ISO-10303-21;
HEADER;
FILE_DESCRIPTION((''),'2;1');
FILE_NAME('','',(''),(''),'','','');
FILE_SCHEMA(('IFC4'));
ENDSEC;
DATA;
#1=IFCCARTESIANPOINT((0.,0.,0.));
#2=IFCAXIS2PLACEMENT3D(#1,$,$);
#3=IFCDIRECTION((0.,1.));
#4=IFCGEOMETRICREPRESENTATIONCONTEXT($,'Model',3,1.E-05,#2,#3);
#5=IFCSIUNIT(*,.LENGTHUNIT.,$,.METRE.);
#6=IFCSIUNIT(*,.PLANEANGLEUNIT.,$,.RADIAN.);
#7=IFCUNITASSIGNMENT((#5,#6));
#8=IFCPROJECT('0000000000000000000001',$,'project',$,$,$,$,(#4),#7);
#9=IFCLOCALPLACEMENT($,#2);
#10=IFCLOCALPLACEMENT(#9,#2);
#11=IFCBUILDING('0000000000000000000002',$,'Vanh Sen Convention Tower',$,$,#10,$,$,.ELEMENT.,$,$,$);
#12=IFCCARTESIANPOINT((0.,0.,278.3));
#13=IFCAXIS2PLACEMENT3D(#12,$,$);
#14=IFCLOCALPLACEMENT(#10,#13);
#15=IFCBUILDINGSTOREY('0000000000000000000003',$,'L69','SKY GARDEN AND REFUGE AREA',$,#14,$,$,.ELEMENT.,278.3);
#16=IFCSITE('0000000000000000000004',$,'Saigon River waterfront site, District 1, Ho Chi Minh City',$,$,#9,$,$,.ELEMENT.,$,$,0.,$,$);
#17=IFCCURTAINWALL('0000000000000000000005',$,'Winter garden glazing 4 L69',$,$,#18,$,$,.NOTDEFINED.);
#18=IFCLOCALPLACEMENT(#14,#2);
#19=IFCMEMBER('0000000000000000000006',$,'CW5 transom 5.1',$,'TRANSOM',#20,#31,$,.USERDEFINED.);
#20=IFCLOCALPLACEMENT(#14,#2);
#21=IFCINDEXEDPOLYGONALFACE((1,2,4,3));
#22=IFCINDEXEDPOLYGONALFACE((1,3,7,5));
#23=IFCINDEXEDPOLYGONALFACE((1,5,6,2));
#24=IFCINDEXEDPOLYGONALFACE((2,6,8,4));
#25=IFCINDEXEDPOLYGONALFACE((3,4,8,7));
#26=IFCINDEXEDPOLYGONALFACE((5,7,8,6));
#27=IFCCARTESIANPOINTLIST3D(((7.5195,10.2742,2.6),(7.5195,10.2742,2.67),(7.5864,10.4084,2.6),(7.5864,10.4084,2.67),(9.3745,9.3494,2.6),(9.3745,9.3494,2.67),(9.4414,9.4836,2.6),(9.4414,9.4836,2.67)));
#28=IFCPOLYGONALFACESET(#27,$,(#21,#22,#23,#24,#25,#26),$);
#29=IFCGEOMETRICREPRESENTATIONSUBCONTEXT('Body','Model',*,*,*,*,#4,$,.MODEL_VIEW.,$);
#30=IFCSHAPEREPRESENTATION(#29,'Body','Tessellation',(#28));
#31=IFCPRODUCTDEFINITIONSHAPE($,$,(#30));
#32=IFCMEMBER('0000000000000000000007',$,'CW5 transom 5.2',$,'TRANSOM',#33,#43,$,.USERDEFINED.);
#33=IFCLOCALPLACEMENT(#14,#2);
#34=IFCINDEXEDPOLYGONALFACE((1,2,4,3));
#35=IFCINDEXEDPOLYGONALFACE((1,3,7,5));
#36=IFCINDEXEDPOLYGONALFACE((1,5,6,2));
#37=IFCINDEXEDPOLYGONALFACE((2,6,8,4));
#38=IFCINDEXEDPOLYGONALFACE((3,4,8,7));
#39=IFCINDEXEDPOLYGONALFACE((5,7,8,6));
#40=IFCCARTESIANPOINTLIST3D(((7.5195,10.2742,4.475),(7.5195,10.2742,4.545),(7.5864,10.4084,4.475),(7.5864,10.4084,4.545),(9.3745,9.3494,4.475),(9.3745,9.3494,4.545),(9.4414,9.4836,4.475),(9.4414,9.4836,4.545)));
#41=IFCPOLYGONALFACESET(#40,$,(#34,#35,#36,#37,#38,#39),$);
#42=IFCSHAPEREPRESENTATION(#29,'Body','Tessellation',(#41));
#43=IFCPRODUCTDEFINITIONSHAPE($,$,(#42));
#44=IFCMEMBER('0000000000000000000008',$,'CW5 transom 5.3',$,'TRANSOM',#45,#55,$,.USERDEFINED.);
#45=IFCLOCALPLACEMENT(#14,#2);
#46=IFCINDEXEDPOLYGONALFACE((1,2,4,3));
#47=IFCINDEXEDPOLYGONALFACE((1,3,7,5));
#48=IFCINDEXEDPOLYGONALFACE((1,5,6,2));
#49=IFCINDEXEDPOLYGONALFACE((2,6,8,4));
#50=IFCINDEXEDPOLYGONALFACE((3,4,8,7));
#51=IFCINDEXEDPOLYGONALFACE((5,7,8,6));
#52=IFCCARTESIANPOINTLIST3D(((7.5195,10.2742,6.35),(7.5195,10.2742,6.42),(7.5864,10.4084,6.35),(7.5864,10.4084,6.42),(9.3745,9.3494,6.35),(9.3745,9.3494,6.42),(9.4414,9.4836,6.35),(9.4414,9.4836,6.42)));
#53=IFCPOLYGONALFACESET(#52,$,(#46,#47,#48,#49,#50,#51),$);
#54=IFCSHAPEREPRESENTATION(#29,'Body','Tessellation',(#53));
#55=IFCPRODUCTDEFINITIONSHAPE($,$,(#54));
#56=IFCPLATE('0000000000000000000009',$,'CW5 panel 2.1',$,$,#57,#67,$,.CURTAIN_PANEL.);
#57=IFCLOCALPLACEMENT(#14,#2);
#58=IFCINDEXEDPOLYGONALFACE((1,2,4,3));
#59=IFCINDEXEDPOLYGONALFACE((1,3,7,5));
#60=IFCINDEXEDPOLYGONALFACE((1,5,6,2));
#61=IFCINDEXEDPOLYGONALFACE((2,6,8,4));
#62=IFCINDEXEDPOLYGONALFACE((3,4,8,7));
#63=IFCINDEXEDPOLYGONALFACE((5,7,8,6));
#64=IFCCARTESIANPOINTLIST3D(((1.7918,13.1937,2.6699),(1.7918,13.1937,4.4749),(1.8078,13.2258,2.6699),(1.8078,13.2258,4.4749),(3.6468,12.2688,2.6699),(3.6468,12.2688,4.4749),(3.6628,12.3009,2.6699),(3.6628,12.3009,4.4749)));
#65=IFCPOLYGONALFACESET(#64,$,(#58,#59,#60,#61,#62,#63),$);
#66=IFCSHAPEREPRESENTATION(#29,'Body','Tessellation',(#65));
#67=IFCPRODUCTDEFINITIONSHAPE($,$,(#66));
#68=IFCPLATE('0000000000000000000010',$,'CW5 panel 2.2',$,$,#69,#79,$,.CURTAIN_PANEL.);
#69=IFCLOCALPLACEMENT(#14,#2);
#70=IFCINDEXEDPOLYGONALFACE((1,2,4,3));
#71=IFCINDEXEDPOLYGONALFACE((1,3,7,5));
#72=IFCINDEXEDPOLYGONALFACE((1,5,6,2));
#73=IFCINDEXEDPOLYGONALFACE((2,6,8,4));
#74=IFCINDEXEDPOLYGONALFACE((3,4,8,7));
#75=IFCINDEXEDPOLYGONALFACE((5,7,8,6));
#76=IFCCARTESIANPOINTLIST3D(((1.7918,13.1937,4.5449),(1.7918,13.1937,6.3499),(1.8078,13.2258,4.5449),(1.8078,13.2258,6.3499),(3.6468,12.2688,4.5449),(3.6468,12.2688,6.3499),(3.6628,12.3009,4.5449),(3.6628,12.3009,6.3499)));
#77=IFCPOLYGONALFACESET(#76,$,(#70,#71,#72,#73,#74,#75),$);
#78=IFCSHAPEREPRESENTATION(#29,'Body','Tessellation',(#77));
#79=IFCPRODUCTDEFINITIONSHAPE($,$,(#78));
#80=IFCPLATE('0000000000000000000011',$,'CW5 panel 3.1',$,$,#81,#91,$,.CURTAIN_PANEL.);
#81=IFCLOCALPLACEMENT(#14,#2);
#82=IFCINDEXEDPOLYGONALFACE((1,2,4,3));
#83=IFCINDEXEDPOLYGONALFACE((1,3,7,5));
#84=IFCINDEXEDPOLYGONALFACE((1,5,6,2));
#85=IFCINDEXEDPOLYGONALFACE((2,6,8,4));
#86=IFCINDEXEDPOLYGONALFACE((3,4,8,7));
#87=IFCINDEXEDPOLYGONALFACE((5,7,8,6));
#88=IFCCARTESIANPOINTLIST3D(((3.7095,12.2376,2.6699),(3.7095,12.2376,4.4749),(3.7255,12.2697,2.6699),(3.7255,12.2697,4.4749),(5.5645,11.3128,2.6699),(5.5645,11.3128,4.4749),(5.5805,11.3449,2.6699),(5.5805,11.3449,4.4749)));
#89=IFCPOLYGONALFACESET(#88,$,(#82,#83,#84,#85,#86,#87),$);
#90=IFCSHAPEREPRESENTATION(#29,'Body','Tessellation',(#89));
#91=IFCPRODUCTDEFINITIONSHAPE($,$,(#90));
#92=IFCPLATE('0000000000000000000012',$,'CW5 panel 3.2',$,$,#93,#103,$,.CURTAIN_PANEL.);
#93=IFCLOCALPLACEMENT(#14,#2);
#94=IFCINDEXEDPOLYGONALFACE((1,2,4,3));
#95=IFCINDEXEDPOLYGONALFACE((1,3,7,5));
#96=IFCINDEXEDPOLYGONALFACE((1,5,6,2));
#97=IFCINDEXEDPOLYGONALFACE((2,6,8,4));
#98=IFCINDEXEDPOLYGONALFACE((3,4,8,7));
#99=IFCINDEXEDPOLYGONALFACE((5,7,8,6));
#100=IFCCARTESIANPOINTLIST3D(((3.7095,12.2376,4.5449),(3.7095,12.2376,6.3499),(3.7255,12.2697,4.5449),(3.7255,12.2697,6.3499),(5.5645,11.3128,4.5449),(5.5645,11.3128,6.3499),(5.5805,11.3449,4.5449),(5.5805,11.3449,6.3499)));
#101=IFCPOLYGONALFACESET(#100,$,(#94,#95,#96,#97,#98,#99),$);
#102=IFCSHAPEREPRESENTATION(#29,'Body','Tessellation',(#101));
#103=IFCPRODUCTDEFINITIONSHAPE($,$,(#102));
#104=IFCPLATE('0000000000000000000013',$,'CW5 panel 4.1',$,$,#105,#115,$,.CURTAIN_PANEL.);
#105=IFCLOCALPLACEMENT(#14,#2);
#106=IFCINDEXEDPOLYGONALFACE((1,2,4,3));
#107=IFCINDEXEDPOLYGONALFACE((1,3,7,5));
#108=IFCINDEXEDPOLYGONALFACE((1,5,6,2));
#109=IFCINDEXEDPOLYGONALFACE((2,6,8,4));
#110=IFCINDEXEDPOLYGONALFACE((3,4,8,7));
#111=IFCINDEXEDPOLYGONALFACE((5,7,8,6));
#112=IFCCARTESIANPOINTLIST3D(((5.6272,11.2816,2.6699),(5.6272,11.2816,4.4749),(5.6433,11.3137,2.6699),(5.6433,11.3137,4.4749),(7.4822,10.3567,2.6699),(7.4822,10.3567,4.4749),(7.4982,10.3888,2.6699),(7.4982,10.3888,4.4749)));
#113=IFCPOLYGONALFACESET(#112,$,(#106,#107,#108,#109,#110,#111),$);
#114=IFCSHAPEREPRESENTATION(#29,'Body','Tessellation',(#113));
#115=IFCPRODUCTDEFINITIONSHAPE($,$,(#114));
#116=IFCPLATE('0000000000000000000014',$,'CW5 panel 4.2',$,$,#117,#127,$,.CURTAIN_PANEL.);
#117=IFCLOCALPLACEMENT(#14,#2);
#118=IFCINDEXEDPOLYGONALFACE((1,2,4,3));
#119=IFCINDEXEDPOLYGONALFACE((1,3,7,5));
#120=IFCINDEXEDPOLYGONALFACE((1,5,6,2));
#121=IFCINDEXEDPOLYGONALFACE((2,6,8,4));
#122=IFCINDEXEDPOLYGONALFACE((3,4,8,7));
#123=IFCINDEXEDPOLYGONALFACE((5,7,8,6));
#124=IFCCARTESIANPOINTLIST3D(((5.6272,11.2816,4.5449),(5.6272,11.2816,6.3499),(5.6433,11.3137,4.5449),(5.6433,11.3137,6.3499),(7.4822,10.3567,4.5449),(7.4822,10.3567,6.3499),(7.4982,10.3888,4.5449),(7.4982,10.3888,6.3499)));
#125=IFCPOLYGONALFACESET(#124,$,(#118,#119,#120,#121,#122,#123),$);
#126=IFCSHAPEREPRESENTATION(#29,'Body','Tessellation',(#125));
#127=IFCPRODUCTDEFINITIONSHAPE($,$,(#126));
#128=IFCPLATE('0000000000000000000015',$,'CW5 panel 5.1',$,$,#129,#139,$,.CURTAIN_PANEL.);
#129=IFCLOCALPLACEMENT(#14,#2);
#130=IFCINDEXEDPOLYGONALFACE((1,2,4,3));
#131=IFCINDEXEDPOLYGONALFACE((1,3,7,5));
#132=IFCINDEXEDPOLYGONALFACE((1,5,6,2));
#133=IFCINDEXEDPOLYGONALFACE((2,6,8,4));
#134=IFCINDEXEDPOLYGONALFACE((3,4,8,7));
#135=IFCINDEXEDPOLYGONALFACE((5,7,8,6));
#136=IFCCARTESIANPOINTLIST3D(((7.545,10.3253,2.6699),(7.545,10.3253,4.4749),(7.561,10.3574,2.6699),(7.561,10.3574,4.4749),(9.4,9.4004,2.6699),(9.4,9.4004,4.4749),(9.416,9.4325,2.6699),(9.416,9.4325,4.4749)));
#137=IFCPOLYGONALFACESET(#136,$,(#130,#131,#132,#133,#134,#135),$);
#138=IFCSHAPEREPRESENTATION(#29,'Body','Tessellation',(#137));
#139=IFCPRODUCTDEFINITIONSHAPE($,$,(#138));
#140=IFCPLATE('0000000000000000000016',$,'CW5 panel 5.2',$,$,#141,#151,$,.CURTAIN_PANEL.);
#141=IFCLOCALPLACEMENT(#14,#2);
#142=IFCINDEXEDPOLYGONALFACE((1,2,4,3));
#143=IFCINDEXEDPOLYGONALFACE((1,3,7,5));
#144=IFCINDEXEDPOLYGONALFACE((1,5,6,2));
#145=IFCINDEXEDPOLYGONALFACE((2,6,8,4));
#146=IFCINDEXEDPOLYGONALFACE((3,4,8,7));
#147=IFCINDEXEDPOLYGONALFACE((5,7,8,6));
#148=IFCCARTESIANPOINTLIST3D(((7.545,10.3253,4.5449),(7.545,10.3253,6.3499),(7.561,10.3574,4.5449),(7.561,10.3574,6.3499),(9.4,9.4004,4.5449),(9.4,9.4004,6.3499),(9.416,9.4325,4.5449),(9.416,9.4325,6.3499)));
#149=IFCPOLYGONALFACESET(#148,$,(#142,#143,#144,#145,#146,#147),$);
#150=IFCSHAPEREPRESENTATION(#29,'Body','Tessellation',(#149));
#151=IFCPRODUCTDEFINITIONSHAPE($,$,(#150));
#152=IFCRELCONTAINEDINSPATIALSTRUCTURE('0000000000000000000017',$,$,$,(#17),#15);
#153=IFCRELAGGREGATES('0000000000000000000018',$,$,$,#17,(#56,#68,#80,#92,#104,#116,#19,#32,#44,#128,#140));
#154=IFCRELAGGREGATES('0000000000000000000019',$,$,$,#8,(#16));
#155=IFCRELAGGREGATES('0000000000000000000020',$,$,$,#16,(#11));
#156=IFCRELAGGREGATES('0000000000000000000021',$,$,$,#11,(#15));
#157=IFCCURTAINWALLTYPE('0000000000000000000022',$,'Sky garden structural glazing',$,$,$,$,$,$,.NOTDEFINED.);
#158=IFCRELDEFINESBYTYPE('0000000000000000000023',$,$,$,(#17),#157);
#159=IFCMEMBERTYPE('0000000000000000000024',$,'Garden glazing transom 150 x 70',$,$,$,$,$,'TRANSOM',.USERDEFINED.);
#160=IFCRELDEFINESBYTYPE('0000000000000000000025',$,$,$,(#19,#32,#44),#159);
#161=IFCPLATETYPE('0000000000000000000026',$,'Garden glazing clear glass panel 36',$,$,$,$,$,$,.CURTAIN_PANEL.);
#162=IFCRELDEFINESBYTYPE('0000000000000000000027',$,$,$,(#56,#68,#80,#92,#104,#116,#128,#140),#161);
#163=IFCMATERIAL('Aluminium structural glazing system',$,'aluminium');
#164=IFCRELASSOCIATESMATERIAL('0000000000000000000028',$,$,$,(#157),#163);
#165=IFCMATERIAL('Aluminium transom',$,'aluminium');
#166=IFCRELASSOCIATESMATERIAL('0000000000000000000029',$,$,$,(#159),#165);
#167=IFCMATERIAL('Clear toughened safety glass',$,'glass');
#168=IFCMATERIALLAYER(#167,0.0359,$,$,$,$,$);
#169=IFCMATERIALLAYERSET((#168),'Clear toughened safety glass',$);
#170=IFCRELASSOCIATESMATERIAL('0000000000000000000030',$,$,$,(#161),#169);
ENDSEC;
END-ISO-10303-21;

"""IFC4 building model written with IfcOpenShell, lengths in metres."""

from ifc_helpers import new_model, si_unit, direction, frame, origin, origin_2d, place, context, subcontext, project, spatial, rectangle, extrude, material, layer, layer_set, material_profile, profile_set, type_object, element, aggregate, save


model = new_model("IFC4")

# Units and contexts
model_context = context("Model", 3, precision=1e-05, world=origin(), true_north=direction((0.0, 1.0)))
body_context = subcontext(model_context, "Body", "Model", "MODEL_VIEW")
ifc_project = project(units=[si_unit("LENGTHUNIT", "METRE"), si_unit("PLANEANGLEUNIT", "RADIAN")], contexts=[model_context])

# Site, building, storey
site_placement = place(None, origin())
site = spatial("IfcSite", under=ifc_project, at=site_placement, Name="Saigon River waterfront site, District 1, Ho Chi Minh City", CompositionType="ELEMENT", RefElevation=0.0)
building_placement = place(site_placement, origin())
building = spatial("IfcBuilding", under=site, at=building_placement, Name="Vanh Sen Convention Tower", CompositionType="ELEMENT")
storey_placement = place(building_placement, frame((0.0, 0.0, 278.3)))
storey = spatial("IfcBuildingStorey", under=building, at=storey_placement, Name="L69", Description="SKY GARDEN AND REFUGE AREA", CompositionType="ELEMENT", Elevation=278.3)

# Curtain wall, members, plates
ifc_material_1 = material(Name="Aluminium structural glazing system", Category="aluminium")
curtain_wall_type = type_object("IfcCurtainWallType", Name="Sky garden structural glazing", PredefinedType="NOTDEFINED", material=ifc_material_1)
curtain_wall_placement = place(storey_placement, origin())
curtain_wall = element("IfcCurtainWall", 1, at=curtain_wall_placement, inside=storey, type_object=curtain_wall_type, Name="Winter garden glazing 4 L69", PredefinedType="NOTDEFINED")
ifc_material_2 = material(Name="Aluminium transom", Category="aluminium")
ifc_material_profile_1 = material_profile(ifc_material_2, rectangle(XDim=0.1499, YDim=0.0701, at=origin_2d()), Name="Garden glazing transom 150 x 70")
ifc_profile_set_1 = profile_set([ifc_material_profile_1], Name="Aluminium transom")
member_type_1 = type_object("IfcMemberType", Name="Garden glazing transom 150 x 70", ElementType="TRANSOM", PredefinedType="USERDEFINED", material=ifc_profile_set_1)
member_1_placement = place(storey_placement, frame((7.553, 10.3413, 2.635), z_axis=(0.894945, -0.446177, 0.0), x_axis=(0.446177, 0.894945, 0.0)))
member_1 = element("IfcMember", 2, at=member_1_placement, type_object=member_type_1, Name="CW5 transom 5.1", ObjectType="TRANSOM", PredefinedType="USERDEFINED", context=body_context, shape_type="SweptSolid", body=[
    extrude(rectangle(XDim=0.1499, YDim=0.0701, at=origin_2d()), origin(), (0.0, 0.0, 1.0), 2.0728),
])
member_2_placement = place(storey_placement, frame((7.553, 10.3413, 4.51), z_axis=(0.894945, -0.446177, 0.0), x_axis=(0.446177, 0.894945, 0.0)))
member_2 = element("IfcMember", 3, at=member_2_placement, type_object=member_type_1, Name="CW5 transom 5.2", ObjectType="TRANSOM", PredefinedType="USERDEFINED", context=body_context, shape_type="SweptSolid", body=[
    extrude(rectangle(XDim=0.1499, YDim=0.0701, at=origin_2d()), origin(), (0.0, 0.0, 1.0), 2.0728),
])
member_3_placement = place(storey_placement, frame((7.553, 10.3413, 6.385), z_axis=(0.894945, -0.446177, 0.0), x_axis=(0.446177, 0.894945, 0.0)))
member_3 = element("IfcMember", 4, at=member_3_placement, type_object=member_type_1, Name="CW5 transom 5.3", ObjectType="TRANSOM", PredefinedType="USERDEFINED", context=body_context, shape_type="SweptSolid", body=[
    extrude(rectangle(XDim=0.1499, YDim=0.0701, at=origin_2d()), origin(), (0.0, 0.0, 1.0), 2.0728),
])
ifc_material_3 = material(Name="Clear toughened safety glass", Category="glass")
ifc_layer_1 = layer(ifc_material_3, 0.0359)
ifc_layer_set_1 = layer_set([ifc_layer_1], Name="Clear toughened safety glass")
plate_type = type_object("IfcPlateType", Name="Garden glazing clear glass panel 36", PredefinedType="CURTAIN_PANEL", material=ifc_layer_set_1)
plate_1_placement = place(storey_placement, frame((2.7273, 12.7473, 2.6699), z_axis=(0.0, 0.0, 1.0), x_axis=(0.894934, -0.446199, 0.0)))
plate_1 = element("IfcPlate", 5, at=plate_1_placement, type_object=plate_type, Name="CW5 panel 2.1", PredefinedType="CURTAIN_PANEL", context=body_context, shape_type="SweptSolid", body=[
    extrude(rectangle(XDim=2.0728, YDim=0.0359, at=origin_2d()), origin(), (0.0, 0.0, 1.0), 1.8049),
])
plate_2_placement = place(storey_placement, frame((2.7273, 12.7473, 4.5449), z_axis=(0.0, 0.0, 1.0), x_axis=(0.894934, -0.446199, 0.0)))
plate_2 = element("IfcPlate", 6, at=plate_2_placement, type_object=plate_type, Name="CW5 panel 2.2", PredefinedType="CURTAIN_PANEL", context=body_context, shape_type="SweptSolid", body=[
    extrude(rectangle(XDim=2.0728, YDim=0.0359, at=origin_2d()), origin(), (0.0, 0.0, 1.0), 1.8049),
])
plate_3_placement = place(storey_placement, frame((4.645, 11.7913, 2.6699), z_axis=(0.0, 0.0, 1.0), x_axis=(0.894934, -0.446199, 0.0)))
plate_3 = element("IfcPlate", 7, at=plate_3_placement, type_object=plate_type, Name="CW5 panel 3.1", PredefinedType="CURTAIN_PANEL", context=body_context, shape_type="SweptSolid", body=[
    extrude(rectangle(XDim=2.0728, YDim=0.0359, at=origin_2d()), origin(), (0.0, 0.0, 1.0), 1.8049),
])
plate_4_placement = place(storey_placement, frame((4.645, 11.7913, 4.5449), z_axis=(0.0, 0.0, 1.0), x_axis=(0.894934, -0.446199, 0.0)))
plate_4 = element("IfcPlate", 8, at=plate_4_placement, type_object=plate_type, Name="CW5 panel 3.2", PredefinedType="CURTAIN_PANEL", context=body_context, shape_type="SweptSolid", body=[
    extrude(rectangle(XDim=2.0728, YDim=0.0359, at=origin_2d()), origin(), (0.0, 0.0, 1.0), 1.8049),
])
plate_5_placement = place(storey_placement, frame((6.5627, 10.8352, 2.6699), z_axis=(0.0, 0.0, 1.0), x_axis=(0.894934, -0.446199, 0.0)))
plate_5 = element("IfcPlate", 9, at=plate_5_placement, type_object=plate_type, Name="CW5 panel 4.1", PredefinedType="CURTAIN_PANEL", context=body_context, shape_type="SweptSolid", body=[
    extrude(rectangle(XDim=2.0728, YDim=0.0359, at=origin_2d()), origin(), (0.0, 0.0, 1.0), 1.8049),
])
plate_6_placement = place(storey_placement, frame((6.5627, 10.8352, 4.5449), z_axis=(0.0, 0.0, 1.0), x_axis=(0.894934, -0.446199, 0.0)))
plate_6 = element("IfcPlate", 10, at=plate_6_placement, type_object=plate_type, Name="CW5 panel 4.2", PredefinedType="CURTAIN_PANEL", context=body_context, shape_type="SweptSolid", body=[
    extrude(rectangle(XDim=2.0728, YDim=0.0359, at=origin_2d()), origin(), (0.0, 0.0, 1.0), 1.8049),
])
plate_7_placement = place(storey_placement, frame((8.4805, 9.8789, 2.6699), z_axis=(0.0, 0.0, 1.0), x_axis=(0.894934, -0.446199, 0.0)))
plate_7 = element("IfcPlate", 11, at=plate_7_placement, type_object=plate_type, Name="CW5 panel 5.1", PredefinedType="CURTAIN_PANEL", context=body_context, shape_type="SweptSolid", body=[
    extrude(rectangle(XDim=2.0728, YDim=0.0359, at=origin_2d()), origin(), (0.0, 0.0, 1.0), 1.8049),
])
plate_8_placement = place(storey_placement, frame((8.4805, 9.8789, 4.5449), z_axis=(0.0, 0.0, 1.0), x_axis=(0.894934, -0.446199, 0.0)))
plate_8 = element("IfcPlate", 12, at=plate_8_placement, type_object=plate_type, Name="CW5 panel 5.2", PredefinedType="CURTAIN_PANEL", context=body_context, shape_type="SweptSolid", body=[
    extrude(rectangle(XDim=2.0728, YDim=0.0359, at=origin_2d()), origin(), (0.0, 0.0, 1.0), 1.8049),
])
aggregate(curtain_wall, [plate_1, plate_2, plate_3, plate_4, plate_5, plate_6, member_1, member_2, member_3, plate_7, plate_8])

save(model, "model.ifc")
